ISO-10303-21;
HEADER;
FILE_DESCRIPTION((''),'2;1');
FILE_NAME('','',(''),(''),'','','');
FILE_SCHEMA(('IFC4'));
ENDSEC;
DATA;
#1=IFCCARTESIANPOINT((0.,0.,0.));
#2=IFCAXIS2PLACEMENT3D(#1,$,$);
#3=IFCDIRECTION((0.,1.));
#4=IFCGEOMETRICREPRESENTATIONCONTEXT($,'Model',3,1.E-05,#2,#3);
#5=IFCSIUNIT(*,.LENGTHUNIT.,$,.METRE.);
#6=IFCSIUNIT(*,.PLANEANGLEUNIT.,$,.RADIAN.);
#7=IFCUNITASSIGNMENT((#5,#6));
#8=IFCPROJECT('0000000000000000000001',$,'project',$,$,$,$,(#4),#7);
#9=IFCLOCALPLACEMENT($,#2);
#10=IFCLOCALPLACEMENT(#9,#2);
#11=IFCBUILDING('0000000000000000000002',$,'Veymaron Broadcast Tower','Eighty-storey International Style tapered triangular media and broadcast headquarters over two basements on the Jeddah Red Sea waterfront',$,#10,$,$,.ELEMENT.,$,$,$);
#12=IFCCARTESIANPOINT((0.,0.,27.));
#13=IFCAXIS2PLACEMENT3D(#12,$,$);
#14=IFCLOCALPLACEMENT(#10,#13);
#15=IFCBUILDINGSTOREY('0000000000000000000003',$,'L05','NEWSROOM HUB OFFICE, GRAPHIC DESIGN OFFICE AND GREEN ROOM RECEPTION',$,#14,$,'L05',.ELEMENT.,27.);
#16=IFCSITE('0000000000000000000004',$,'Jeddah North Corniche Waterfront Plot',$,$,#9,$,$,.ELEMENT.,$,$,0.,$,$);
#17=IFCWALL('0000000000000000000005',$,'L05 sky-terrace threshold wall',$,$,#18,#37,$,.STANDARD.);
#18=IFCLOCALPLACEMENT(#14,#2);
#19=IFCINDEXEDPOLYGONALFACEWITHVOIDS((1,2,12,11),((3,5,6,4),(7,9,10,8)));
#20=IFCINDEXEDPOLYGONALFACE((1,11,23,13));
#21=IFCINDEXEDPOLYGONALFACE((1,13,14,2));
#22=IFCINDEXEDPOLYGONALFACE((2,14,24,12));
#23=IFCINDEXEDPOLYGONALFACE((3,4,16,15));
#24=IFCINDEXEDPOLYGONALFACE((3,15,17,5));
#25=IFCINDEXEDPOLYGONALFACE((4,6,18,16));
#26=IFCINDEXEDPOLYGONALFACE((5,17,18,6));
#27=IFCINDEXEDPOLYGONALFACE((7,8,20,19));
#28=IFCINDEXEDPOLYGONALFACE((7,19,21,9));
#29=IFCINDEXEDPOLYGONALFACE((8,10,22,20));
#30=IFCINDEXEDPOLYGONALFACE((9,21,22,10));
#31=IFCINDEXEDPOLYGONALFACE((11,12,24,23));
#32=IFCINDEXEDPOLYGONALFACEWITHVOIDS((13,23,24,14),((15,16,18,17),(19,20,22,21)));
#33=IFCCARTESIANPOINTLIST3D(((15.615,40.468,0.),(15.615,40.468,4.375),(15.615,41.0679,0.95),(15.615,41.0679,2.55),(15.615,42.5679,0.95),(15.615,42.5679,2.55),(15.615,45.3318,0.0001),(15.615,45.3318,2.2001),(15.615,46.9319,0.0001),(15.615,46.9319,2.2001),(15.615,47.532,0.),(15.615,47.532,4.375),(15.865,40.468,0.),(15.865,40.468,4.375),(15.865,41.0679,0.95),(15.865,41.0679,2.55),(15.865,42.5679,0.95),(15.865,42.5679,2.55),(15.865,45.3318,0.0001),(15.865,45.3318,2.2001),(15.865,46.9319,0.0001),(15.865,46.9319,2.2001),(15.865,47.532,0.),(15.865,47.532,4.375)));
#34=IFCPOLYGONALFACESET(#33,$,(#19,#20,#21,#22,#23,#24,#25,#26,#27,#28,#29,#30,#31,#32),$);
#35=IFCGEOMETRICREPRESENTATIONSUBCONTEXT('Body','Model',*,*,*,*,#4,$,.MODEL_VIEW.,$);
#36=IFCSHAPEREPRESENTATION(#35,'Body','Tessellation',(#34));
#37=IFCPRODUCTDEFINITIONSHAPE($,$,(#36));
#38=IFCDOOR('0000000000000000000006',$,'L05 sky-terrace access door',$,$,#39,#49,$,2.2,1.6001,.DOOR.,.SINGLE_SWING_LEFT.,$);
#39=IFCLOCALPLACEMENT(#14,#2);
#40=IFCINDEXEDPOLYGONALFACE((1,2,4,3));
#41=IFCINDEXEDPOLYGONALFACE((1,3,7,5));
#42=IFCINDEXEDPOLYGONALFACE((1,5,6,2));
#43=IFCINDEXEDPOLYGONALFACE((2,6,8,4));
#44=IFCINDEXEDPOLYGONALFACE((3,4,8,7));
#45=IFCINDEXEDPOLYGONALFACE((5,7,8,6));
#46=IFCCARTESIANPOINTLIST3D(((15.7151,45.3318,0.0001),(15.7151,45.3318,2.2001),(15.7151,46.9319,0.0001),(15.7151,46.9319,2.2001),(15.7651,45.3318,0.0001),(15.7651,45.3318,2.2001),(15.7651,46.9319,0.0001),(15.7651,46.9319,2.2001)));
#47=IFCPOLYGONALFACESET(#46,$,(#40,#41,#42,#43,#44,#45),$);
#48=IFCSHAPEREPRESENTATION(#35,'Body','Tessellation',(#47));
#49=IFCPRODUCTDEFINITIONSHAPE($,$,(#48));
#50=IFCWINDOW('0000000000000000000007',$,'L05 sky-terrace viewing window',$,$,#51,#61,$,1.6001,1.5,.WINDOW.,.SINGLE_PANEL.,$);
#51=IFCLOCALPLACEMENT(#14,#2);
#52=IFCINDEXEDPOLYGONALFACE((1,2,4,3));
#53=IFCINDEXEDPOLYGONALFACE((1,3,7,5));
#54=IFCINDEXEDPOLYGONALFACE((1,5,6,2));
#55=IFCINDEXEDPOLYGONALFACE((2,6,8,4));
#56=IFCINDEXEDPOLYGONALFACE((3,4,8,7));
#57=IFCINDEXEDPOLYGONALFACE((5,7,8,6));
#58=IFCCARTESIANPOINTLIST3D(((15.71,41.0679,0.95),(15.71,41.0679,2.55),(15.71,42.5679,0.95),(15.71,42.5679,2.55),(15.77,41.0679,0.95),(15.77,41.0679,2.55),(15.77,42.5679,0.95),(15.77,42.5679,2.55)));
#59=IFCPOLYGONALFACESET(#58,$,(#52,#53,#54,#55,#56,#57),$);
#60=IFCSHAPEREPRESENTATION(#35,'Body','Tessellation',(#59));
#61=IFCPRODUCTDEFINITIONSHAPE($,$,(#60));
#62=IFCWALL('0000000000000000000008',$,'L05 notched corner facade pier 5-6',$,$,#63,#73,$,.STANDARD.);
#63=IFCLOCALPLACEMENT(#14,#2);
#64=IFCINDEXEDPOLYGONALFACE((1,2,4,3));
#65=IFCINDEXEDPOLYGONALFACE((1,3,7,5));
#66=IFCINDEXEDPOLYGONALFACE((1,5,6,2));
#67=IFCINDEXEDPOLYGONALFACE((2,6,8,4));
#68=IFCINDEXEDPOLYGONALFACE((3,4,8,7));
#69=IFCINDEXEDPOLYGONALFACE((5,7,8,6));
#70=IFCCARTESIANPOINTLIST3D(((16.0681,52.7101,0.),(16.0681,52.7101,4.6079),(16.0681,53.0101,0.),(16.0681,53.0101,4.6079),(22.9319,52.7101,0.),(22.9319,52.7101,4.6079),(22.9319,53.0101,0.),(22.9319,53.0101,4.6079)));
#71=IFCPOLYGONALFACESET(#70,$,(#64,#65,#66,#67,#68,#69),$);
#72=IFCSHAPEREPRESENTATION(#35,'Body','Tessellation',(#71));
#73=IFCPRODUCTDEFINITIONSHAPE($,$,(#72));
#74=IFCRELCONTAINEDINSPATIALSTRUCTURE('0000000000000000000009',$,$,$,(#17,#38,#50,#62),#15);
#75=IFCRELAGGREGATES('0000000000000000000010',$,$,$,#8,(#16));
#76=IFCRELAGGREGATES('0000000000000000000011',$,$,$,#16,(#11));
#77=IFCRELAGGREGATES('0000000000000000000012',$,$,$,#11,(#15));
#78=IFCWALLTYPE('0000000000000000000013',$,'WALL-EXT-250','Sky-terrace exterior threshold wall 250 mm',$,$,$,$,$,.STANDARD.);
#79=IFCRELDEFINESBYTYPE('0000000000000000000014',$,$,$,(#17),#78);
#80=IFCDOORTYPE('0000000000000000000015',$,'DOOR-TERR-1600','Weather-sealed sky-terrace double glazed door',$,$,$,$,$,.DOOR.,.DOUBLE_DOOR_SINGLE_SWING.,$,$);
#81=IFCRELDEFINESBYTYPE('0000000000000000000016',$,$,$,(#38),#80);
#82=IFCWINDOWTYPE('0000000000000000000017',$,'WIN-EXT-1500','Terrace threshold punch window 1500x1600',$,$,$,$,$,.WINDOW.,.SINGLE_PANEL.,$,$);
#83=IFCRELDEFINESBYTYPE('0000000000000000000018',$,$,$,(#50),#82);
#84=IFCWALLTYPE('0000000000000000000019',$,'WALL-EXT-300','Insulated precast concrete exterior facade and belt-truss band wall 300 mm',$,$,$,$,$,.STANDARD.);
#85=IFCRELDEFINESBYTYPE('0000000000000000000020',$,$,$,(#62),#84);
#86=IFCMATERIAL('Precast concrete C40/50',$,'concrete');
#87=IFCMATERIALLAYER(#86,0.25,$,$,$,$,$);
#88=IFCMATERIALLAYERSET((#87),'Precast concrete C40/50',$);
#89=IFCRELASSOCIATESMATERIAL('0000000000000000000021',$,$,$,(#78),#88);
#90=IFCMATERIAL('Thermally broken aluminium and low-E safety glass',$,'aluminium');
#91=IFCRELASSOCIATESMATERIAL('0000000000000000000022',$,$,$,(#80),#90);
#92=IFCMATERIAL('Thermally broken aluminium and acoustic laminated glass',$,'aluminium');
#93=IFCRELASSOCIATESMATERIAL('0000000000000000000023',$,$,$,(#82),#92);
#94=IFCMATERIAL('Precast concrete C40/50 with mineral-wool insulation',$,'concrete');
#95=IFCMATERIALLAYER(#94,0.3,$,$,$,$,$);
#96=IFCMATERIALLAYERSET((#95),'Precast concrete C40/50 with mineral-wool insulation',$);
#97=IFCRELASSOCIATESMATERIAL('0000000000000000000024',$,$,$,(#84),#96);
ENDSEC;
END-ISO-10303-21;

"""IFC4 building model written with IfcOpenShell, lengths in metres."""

from ifc_helpers import new_model, si_unit, direction, frame, frame_2d, origin, place, context, subcontext, project, spatial, rectangle, extrude, material, layer, layer_set, type_object, element, fill, save


model = new_model("IFC4")

# Units and contexts
model_context = context("Model", 3, precision=1e-05, world=origin(), true_north=direction((0.0, 1.0)))
body_context = subcontext(model_context, "Body", "Model", "MODEL_VIEW")
ifc_project = project(units=[si_unit("LENGTHUNIT", "METRE"), si_unit("PLANEANGLEUNIT", "RADIAN")], contexts=[model_context])

# Site, building, storey
site_placement = place(None, origin())
site = spatial("IfcSite", under=ifc_project, at=site_placement, Name="Jeddah North Corniche Waterfront Plot", CompositionType="ELEMENT", RefElevation=0.0)
building_placement = place(site_placement, origin())
building = spatial("IfcBuilding", under=site, at=building_placement, Name="Veymaron Broadcast Tower", Description="Eighty-storey International Style tapered triangular media and broadcast headquarters over two basements on the Jeddah Red Sea waterfront", CompositionType="ELEMENT")
storey_placement = place(building_placement, frame((0.0, 0.0, 27.0)))
storey = spatial("IfcBuildingStorey", under=building, at=storey_placement, Name="L05", Description="NEWSROOM HUB OFFICE, GRAPHIC DESIGN OFFICE AND GREEN ROOM RECEPTION", LongName="L05", CompositionType="ELEMENT", Elevation=27.0)

# Wall, openings, door, window
ifc_material_1 = material(Name="Precast concrete C40/50", Category="concrete")
ifc_layer_1 = layer(ifc_material_1, 0.25)
ifc_layer_set_1 = layer_set([ifc_layer_1], Name="Precast concrete C40/50")
wall_type_1 = type_object("IfcWallType", Name="WALL-EXT-250", Description="Sky-terrace exterior threshold wall 250 mm", PredefinedType="STANDARD", material=ifc_layer_set_1)
wall_1_placement = place(storey_placement, frame((15.74, 47.532, 0.0), z_axis=(0.0, 0.0, 1.0), x_axis=(0.0, -1.0, 0.0)))
wall_1 = element("IfcWall", 1, at=wall_1_placement, inside=storey, type_object=wall_type_1, Name="L05 sky-terrace threshold wall", PredefinedType="STANDARD", context=body_context, shape_type="SweptSolid", body=[
    extrude(rectangle(XDim=7.064, YDim=0.25, at=frame_2d((3.532, 0.0))), origin(), (0.0, 0.0, 1.0), 4.375),
])
opening_1_placement = place(wall_1_placement, frame((0.6001, 0.0, 0.0)))
opening_1 = element("IfcOpeningElement", 2, at=opening_1_placement, cuts=wall_1, PredefinedType="OPENING", context=body_context, shape_type="SweptSolid", body=[
    extrude(rectangle(XDim=1.6001, YDim=2.2, at=frame_2d((0.8, 1.1001))), frame((0.0, 0.135, 0.0), z_axis=(0.0, -1.0, 0.0), x_axis=(1.0, 0.0, 0.0)), (0.0, 0.0, 1.0), 0.27),
])
opening_2_placement = place(wall_1_placement, frame((4.9641, 0.0, 0.95)))
opening_2 = element("IfcOpeningElement", 3, at=opening_2_placement, cuts=wall_1, PredefinedType="OPENING", context=body_context, shape_type="SweptSolid", body=[
    extrude(rectangle(XDim=1.5, YDim=1.6001, at=frame_2d((0.75, 0.8))), frame((0.0, 0.135, 0.0), z_axis=(0.0, -1.0, 0.0), x_axis=(1.0, 0.0, 0.0)), (0.0, 0.0, 1.0), 0.27),
])
ifc_material_2 = material(Name="Thermally broken aluminium and low-E safety glass", Category="aluminium")
door_type = type_object("IfcDoorType", Name="DOOR-TERR-1600", Description="Weather-sealed sky-terrace double glazed door", OperationType="DOUBLE_DOOR_SINGLE_SWING", PredefinedType="DOOR", material=ifc_material_2)
door_placement = place(opening_1_placement, frame((1.6001, 0.0, 0.0), z_axis=(0.0, 0.0, 1.0), x_axis=(-1.0, 0.0, 0.0)))
door = element("IfcDoor", 4, at=door_placement, inside=storey, type_object=door_type, Name="L05 sky-terrace access door", OperationType="SINGLE_SWING_LEFT", OverallHeight=2.2, OverallWidth=1.6001, PredefinedType="DOOR", context=body_context, shape_type="SweptSolid", body=[
    extrude(rectangle(XDim=1.6001, YDim=2.2, at=frame_2d((0.8, 1.1001))), frame((0.0, 0.0249, 0.0), z_axis=(0.0, -1.0, 0.0), x_axis=(1.0, 0.0, 0.0)), (0.0, 0.0, 1.0), 0.05),
])
fill(opening_1, door)
ifc_material_3 = material(Name="Thermally broken aluminium and acoustic laminated glass", Category="aluminium")
window_type = type_object("IfcWindowType", Name="WIN-EXT-1500", Description="Terrace threshold punch window 1500x1600", PartitioningType="SINGLE_PANEL", PredefinedType="WINDOW", material=ifc_material_3)
window_placement = place(opening_2_placement, origin())
window = element("IfcWindow", 5, at=window_placement, inside=storey, type_object=window_type, Name="L05 sky-terrace viewing window", OverallHeight=1.6001, OverallWidth=1.5, PartitioningType="SINGLE_PANEL", PredefinedType="WINDOW", context=body_context, shape_type="SweptSolid", body=[
    extrude(rectangle(XDim=1.5, YDim=1.6001, at=frame_2d((0.75, 0.8))), frame((0.0, 0.03, 0.0), z_axis=(0.0, -1.0, 0.0), x_axis=(1.0, 0.0, 0.0)), (0.0, 0.0, 1.0), 0.0601),
])
fill(opening_2, window)

# Wall
ifc_material_4 = material(Name="Precast concrete C40/50 with mineral-wool insulation", Category="concrete")
ifc_layer_2 = layer(ifc_material_4, 0.3)
ifc_layer_set_2 = layer_set([ifc_layer_2], Name="Precast concrete C40/50 with mineral-wool insulation")
wall_type_2 = type_object("IfcWallType", Name="WALL-EXT-300", Description="Insulated precast concrete exterior facade and belt-truss band wall 300 mm", PredefinedType="STANDARD", material=ifc_layer_set_2)
wall_2_placement = place(storey_placement, frame((22.9319, 52.8601, 0.0), z_axis=(0.0, 0.0, 1.0), x_axis=(-1.0, 0.0, 0.0)))
element("IfcWall", 6, at=wall_2_placement, inside=storey, type_object=wall_type_2, Name="L05 notched corner facade pier 5-6", PredefinedType="STANDARD", context=body_context, shape_type="SweptSolid", body=[
    extrude(rectangle(XDim=6.8638, YDim=0.3, at=frame_2d((3.4319, 0.0))), origin(), (0.0, 0.0, 1.0), 4.6079),
])

save(model, "model.ifc")
